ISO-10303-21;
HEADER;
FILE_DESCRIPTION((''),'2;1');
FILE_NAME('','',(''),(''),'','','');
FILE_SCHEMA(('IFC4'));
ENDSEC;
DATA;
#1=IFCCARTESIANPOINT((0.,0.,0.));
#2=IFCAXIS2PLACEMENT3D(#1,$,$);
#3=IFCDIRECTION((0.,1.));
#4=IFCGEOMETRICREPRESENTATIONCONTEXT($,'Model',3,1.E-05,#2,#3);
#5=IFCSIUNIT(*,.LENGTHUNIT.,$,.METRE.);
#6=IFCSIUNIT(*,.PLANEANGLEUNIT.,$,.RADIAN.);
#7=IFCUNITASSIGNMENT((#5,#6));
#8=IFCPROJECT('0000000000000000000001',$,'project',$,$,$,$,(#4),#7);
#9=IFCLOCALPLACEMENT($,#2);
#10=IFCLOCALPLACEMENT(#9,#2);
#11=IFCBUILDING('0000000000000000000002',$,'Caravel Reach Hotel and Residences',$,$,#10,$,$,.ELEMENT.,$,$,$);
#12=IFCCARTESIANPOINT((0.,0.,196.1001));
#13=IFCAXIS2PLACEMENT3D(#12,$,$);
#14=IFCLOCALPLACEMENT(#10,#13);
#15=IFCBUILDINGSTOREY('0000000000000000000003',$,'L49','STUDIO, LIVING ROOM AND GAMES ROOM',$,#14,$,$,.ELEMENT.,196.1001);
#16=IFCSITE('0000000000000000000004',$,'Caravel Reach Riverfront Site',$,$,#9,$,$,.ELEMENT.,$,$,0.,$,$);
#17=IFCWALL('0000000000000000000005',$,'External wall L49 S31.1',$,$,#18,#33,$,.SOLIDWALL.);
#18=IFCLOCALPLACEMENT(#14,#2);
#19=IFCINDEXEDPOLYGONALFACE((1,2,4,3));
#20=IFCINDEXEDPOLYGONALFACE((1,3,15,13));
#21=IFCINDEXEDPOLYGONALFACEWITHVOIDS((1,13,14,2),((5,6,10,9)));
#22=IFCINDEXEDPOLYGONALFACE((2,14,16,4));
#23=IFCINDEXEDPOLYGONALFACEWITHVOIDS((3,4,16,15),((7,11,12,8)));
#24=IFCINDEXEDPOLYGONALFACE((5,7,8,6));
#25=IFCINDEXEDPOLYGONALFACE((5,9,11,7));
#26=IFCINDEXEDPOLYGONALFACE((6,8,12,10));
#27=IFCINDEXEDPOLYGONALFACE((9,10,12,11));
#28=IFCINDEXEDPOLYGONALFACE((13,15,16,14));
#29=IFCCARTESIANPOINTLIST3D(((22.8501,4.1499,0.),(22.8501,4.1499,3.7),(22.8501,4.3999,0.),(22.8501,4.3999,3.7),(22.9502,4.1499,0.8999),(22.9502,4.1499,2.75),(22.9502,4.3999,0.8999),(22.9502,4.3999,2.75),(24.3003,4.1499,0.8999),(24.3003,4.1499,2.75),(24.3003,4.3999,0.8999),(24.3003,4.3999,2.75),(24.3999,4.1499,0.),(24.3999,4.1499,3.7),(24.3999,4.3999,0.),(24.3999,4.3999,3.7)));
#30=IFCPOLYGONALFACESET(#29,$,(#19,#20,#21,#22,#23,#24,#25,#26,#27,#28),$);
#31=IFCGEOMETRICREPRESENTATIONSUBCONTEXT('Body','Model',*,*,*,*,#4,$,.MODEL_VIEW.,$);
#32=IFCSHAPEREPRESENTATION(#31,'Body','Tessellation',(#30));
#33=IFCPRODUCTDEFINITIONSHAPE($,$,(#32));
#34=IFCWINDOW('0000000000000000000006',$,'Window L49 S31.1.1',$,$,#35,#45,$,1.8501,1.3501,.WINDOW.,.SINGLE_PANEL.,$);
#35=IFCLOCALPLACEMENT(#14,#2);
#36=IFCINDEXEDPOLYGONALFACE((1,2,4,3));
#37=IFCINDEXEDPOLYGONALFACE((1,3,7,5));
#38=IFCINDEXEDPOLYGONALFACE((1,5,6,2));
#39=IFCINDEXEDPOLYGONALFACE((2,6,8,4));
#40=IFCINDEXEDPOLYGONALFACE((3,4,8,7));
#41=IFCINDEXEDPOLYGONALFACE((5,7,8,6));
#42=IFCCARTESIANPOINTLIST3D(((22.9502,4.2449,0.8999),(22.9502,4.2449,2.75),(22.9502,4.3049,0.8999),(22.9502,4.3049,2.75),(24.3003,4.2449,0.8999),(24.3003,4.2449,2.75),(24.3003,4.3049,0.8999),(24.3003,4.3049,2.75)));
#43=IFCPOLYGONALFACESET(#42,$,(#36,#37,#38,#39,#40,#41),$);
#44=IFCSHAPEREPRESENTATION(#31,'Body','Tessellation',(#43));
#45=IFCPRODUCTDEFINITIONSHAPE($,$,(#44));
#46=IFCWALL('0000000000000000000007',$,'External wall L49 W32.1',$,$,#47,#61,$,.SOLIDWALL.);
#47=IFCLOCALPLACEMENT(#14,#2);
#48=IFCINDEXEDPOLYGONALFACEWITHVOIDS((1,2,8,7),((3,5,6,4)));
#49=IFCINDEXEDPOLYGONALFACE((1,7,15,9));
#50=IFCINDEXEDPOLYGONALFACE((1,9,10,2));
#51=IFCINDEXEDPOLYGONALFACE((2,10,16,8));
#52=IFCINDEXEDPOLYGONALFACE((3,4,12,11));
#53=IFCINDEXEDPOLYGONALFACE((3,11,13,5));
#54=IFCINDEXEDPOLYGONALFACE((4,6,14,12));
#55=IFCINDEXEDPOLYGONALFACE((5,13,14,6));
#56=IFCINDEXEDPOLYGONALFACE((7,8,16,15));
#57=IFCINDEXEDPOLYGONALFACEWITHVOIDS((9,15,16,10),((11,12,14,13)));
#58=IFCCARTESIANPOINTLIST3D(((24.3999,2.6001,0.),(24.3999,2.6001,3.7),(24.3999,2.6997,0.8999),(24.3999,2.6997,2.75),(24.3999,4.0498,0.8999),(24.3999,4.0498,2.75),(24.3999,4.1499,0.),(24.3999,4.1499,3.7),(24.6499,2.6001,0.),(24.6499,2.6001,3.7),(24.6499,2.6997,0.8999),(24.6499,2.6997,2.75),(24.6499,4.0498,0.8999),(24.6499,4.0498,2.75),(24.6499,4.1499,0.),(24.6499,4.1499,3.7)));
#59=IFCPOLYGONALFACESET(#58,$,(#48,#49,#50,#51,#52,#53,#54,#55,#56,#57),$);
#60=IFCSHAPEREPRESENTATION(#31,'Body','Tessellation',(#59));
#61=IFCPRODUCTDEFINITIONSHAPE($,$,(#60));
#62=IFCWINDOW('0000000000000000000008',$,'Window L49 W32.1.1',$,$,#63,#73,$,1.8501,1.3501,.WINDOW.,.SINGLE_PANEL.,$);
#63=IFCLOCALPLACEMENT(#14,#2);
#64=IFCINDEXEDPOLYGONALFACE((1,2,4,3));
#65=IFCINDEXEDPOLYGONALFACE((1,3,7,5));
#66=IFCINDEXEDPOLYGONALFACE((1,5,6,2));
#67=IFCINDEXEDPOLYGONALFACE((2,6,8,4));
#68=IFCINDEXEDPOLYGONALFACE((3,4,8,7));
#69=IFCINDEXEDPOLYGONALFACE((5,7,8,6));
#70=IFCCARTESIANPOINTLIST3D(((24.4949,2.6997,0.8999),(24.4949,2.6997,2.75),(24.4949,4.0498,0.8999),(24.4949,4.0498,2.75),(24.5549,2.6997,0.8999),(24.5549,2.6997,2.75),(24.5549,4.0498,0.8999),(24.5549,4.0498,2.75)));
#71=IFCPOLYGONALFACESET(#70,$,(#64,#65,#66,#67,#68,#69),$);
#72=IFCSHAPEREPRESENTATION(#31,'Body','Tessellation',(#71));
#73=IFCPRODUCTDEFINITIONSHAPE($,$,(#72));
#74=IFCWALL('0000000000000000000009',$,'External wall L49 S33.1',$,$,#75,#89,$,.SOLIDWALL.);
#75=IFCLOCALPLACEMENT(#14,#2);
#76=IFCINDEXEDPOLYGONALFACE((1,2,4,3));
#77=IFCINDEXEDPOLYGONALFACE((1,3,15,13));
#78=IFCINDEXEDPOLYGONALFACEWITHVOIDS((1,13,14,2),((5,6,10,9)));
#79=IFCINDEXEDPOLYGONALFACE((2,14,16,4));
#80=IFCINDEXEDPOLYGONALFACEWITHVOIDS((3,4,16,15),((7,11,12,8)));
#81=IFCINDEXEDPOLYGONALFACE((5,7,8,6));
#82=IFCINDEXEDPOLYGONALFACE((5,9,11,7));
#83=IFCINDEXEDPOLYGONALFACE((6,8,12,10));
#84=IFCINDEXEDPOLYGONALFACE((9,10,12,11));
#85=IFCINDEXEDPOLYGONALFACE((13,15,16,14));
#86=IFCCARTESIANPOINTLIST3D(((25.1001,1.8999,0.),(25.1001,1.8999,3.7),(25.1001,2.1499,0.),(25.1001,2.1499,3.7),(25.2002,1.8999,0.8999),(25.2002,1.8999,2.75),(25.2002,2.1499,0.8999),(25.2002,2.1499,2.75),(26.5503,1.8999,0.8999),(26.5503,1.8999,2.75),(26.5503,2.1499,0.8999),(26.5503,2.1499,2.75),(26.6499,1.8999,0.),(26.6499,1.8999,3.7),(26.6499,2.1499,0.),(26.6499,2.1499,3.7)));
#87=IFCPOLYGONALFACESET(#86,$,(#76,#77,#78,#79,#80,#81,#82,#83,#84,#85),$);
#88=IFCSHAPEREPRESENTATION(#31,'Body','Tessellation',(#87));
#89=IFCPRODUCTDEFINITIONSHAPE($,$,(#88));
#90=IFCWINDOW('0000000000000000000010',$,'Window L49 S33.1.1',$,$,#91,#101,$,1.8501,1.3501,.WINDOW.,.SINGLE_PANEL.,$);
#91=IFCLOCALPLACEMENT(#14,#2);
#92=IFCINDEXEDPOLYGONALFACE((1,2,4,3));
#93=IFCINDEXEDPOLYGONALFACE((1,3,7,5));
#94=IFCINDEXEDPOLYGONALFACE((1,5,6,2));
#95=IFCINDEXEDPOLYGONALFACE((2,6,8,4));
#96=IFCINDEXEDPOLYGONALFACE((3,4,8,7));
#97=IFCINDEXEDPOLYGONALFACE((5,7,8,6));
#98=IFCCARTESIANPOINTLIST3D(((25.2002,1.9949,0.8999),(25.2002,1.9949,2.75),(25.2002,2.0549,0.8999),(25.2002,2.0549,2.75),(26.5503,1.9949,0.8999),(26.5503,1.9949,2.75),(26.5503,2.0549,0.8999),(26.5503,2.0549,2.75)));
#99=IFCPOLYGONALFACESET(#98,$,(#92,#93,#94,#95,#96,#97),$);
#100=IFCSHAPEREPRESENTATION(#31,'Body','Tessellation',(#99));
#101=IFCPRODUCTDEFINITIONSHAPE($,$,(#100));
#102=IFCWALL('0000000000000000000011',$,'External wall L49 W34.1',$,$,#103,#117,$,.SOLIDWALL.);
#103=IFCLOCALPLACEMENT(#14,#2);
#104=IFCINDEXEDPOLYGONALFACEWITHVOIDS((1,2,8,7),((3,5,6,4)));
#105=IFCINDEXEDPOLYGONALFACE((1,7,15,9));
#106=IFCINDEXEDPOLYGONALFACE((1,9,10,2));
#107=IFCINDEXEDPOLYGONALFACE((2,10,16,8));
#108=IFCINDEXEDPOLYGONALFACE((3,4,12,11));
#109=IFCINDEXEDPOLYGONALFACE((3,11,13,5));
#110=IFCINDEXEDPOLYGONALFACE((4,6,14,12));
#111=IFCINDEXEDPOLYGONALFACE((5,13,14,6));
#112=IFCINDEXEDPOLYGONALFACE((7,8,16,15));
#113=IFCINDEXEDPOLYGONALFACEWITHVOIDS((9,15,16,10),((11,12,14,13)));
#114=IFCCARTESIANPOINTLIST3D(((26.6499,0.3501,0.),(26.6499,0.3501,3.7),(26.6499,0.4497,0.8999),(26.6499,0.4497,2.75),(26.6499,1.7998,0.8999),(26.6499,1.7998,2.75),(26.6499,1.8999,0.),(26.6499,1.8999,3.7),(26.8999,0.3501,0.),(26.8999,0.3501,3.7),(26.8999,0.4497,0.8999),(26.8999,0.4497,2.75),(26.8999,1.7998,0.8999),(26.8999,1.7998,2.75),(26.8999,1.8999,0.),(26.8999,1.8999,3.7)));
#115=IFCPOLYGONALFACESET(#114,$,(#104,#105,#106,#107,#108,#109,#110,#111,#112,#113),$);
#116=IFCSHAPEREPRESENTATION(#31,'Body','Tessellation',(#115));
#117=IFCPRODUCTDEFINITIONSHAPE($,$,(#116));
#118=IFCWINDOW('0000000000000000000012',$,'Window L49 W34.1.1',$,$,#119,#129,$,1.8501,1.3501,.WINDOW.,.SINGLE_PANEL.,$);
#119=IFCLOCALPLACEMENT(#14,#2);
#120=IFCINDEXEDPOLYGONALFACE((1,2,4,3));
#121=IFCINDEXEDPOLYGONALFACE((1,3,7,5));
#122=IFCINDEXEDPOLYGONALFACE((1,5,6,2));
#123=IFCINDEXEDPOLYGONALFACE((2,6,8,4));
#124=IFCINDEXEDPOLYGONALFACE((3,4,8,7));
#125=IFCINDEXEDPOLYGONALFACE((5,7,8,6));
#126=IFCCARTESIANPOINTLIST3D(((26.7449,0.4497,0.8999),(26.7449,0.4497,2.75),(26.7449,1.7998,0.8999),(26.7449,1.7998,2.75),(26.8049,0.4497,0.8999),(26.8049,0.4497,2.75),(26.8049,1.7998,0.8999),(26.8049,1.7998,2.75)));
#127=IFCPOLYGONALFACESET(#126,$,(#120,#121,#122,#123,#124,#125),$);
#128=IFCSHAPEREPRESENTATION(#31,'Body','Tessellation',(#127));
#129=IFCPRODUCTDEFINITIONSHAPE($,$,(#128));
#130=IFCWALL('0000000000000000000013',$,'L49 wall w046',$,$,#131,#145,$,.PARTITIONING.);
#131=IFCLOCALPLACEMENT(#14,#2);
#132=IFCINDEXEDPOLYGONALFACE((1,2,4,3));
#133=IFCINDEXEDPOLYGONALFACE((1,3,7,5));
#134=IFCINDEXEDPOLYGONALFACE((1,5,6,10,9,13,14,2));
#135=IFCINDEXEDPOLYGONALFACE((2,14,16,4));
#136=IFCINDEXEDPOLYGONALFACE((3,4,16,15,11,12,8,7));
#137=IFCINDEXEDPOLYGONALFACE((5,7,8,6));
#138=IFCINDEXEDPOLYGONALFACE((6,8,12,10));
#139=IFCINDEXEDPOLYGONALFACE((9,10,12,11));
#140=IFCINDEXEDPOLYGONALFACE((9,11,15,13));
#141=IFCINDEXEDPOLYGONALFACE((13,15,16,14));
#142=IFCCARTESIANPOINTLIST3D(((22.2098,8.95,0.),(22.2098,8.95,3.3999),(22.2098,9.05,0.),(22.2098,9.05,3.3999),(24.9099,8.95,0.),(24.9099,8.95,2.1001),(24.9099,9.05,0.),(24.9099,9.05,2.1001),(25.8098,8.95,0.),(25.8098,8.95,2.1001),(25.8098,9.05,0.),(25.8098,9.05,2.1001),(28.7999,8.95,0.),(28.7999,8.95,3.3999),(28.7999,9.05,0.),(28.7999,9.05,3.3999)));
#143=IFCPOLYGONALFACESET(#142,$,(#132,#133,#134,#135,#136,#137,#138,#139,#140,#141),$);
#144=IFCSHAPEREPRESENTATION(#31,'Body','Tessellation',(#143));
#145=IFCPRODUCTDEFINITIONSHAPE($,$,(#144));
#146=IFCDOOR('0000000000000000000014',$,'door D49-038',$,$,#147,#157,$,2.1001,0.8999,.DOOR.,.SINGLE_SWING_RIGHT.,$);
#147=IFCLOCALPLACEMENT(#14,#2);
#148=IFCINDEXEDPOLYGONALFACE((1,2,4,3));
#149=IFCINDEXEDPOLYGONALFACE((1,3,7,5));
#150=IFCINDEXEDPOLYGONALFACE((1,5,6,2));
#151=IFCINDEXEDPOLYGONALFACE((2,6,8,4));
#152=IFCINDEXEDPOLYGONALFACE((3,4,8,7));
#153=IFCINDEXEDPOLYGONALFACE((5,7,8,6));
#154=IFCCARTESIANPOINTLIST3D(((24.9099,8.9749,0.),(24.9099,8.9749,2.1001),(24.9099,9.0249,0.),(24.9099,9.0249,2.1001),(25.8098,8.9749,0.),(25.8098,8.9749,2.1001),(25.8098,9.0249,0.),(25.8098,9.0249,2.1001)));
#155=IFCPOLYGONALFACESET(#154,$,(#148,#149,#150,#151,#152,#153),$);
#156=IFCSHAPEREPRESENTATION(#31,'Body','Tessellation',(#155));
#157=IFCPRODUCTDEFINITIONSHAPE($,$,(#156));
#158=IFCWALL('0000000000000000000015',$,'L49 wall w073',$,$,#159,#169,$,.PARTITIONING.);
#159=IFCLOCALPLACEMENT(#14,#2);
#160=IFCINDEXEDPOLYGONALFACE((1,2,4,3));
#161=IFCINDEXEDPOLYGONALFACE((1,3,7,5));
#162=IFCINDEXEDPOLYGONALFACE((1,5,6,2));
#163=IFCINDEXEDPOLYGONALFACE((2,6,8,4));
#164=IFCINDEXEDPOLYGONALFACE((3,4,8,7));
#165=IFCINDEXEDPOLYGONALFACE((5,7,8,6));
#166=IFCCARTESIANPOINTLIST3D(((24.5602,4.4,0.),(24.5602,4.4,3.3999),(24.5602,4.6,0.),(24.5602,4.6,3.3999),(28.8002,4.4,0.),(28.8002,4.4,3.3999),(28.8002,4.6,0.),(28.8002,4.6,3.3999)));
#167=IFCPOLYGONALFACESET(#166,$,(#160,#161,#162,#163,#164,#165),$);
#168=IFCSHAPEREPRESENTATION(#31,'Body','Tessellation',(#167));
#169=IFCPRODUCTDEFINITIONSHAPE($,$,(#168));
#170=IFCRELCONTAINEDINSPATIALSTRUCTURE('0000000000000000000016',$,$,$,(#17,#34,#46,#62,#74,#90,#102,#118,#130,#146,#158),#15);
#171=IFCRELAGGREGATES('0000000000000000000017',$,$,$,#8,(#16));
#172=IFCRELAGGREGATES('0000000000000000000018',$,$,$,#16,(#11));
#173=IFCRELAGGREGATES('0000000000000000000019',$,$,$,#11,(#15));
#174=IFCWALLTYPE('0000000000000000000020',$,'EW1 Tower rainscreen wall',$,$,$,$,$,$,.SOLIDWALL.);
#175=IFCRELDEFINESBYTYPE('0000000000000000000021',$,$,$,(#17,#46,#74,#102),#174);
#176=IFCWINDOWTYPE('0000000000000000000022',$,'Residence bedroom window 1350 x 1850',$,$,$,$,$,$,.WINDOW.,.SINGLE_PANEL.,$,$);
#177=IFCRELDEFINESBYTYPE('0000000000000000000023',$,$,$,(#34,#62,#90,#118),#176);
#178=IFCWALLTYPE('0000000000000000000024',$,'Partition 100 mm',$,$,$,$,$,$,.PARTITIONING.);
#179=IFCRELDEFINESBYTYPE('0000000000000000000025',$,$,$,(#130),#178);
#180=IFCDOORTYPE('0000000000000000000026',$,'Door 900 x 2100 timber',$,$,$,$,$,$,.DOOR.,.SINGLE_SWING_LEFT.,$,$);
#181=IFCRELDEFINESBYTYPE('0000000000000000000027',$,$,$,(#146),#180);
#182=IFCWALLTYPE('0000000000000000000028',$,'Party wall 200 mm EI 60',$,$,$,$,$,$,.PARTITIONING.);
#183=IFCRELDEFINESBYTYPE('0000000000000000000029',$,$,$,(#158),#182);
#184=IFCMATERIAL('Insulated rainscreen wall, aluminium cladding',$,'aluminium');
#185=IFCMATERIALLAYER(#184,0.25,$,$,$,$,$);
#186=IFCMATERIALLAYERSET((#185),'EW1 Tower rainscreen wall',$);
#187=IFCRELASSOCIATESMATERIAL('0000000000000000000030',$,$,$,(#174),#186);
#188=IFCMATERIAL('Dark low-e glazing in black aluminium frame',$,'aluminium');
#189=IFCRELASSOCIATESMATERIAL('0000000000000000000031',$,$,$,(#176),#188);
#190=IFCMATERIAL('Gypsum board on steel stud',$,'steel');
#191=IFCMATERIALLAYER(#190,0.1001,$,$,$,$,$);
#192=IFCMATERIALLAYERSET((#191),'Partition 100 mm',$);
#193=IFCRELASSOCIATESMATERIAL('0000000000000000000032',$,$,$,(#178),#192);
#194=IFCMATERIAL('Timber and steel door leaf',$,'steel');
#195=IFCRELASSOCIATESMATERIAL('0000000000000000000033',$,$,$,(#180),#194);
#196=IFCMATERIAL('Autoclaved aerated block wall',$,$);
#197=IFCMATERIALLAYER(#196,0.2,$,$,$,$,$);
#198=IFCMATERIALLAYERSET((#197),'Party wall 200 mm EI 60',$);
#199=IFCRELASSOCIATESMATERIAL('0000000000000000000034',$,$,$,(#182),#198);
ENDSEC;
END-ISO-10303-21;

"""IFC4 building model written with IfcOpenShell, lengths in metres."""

from ifc_helpers import new_model, si_unit, direction, frame, frame_2d, origin, place, context, subcontext, project, spatial, rectangle, extrude, material, layer, layer_set, type_object, element, fill, save


model = new_model("IFC4")

# Units and contexts
model_context = context("Model", 3, precision=1e-05, world=origin(), true_north=direction((0.0, 1.0)))
body_context = subcontext(model_context, "Body", "Model", "MODEL_VIEW")
ifc_project = project(units=[si_unit("LENGTHUNIT", "METRE"), si_unit("PLANEANGLEUNIT", "RADIAN")], contexts=[model_context])

# Site, building, storey
site_placement = place(None, origin())
site = spatial("IfcSite", under=ifc_project, at=site_placement, Name="Caravel Reach Riverfront Site", CompositionType="ELEMENT", RefElevation=0.0)
building_placement = place(site_placement, origin())
building = spatial("IfcBuilding", under=site, at=building_placement, Name="Caravel Reach Hotel and Residences", CompositionType="ELEMENT")
storey_placement = place(building_placement, frame((0.0, 0.0, 196.1001)))
storey = spatial("IfcBuildingStorey", under=building, at=storey_placement, Name="L49", Description="STUDIO, LIVING ROOM AND GAMES ROOM", CompositionType="ELEMENT", Elevation=196.1001)

# Shared definitions
ifc_material_1 = material(Name="Insulated rainscreen wall, aluminium cladding", Category="aluminium")
ifc_layer_1 = layer(ifc_material_1, 0.25)
ifc_layer_set_1 = layer_set([ifc_layer_1], Name="EW1 Tower rainscreen wall")
wall_type_1 = type_object("IfcWallType", Name="EW1 Tower rainscreen wall", PredefinedType="SOLIDWALL", material=ifc_layer_set_1)

# Walls, openings, windows
wall_1_placement = place(storey_placement, frame((22.8501, 4.2749, 0.0), z_axis=(0.0, 0.0, 1.0), x_axis=(1.0, 0.0, 0.0)))
wall_1 = element("IfcWall", 1, at=wall_1_placement, inside=storey, type_object=wall_type_1, Name="External wall L49 S31.1", PredefinedType="SOLIDWALL", context=body_context, shape_type="SweptSolid", body=[
    extrude(rectangle(XDim=1.5498, YDim=0.25, at=frame_2d((0.7749, 0.0))), origin(), (0.0, 0.0, 1.0), 3.7),
])
opening_1_placement = place(wall_1_placement, frame((0.1001, 0.0, 0.8999)))
opening_1 = element("IfcOpeningElement", 2, at=opening_1_placement, cuts=wall_1, PredefinedType="OPENING", context=body_context, shape_type="SweptSolid", body=[
    extrude(rectangle(XDim=1.3501, YDim=1.8501, at=frame_2d((0.675, 0.925))), frame((0.0, 0.135, 0.0), z_axis=(0.0, -1.0, 0.0), x_axis=(1.0, 0.0, 0.0)), (0.0, 0.0, 1.0), 0.27),
])
ifc_material_2 = material(Name="Dark low-e glazing in black aluminium frame", Category="aluminium")
window_type_1 = type_object("IfcWindowType", Name="Residence bedroom window 1350 x 1850", PartitioningType="SINGLE_PANEL", PredefinedType="WINDOW", material=ifc_material_2)
window_1_placement = place(opening_1_placement, origin())
window_1 = element("IfcWindow", 3, at=window_1_placement, inside=storey, type_object=window_type_1, Name="Window L49 S31.1.1", OverallHeight=1.8501, OverallWidth=1.3501, PartitioningType="SINGLE_PANEL", PredefinedType="WINDOW", context=body_context, shape_type="SweptSolid", body=[
    extrude(rectangle(XDim=1.3501, YDim=1.8501, at=frame_2d((0.675, 0.925))), frame((0.0, 0.03, 0.0), z_axis=(0.0, -1.0, 0.0), x_axis=(1.0, 0.0, 0.0)), (0.0, 0.0, 1.0), 0.0601),
])
fill(opening_1, window_1)
wall_2_placement = place(storey_placement, frame((24.5249, 4.1499, 0.0), z_axis=(0.0, 0.0, 1.0), x_axis=(0.0, -1.0, 0.0)))
wall_2 = element("IfcWall", 4, at=wall_2_placement, inside=storey, type_object=wall_type_1, Name="External wall L49 W32.1", PredefinedType="SOLIDWALL", context=body_context, shape_type="SweptSolid", body=[
    extrude(rectangle(XDim=1.5498, YDim=0.25, at=frame_2d((0.7749, 0.0))), origin(), (0.0, 0.0, 1.0), 3.7),
])
opening_2_placement = place(wall_2_placement, frame((0.1001, 0.0, 0.8999)))
opening_2 = element("IfcOpeningElement", 5, at=opening_2_placement, cuts=wall_2, PredefinedType="OPENING", context=body_context, shape_type="SweptSolid", body=[
    extrude(rectangle(XDim=1.3501, YDim=1.8501, at=frame_2d((0.675, 0.925))), frame((0.0, 0.135, 0.0), z_axis=(0.0, -1.0, 0.0), x_axis=(1.0, 0.0, 0.0)), (0.0, 0.0, 1.0), 0.27),
])
window_2_placement = place(opening_2_placement, origin())
window_2 = element("IfcWindow", 6, at=window_2_placement, inside=storey, type_object=window_type_1, Name="Window L49 W32.1.1", OverallHeight=1.8501, OverallWidth=1.3501, PartitioningType="SINGLE_PANEL", PredefinedType="WINDOW", context=body_context, shape_type="SweptSolid", body=[
    extrude(rectangle(XDim=1.3501, YDim=1.8501, at=frame_2d((0.675, 0.925))), frame((0.0, 0.03, 0.0), z_axis=(0.0, -1.0, 0.0), x_axis=(1.0, 0.0, 0.0)), (0.0, 0.0, 1.0), 0.0601),
])
fill(opening_2, window_2)
wall_3_placement = place(storey_placement, frame((25.1001, 2.0249, 0.0), z_axis=(0.0, 0.0, 1.0), x_axis=(1.0, 0.0, 0.0)))
wall_3 = element("IfcWall", 7, at=wall_3_placement, inside=storey, type_object=wall_type_1, Name="External wall L49 S33.1", PredefinedType="SOLIDWALL", context=body_context, shape_type="SweptSolid", body=[
    extrude(rectangle(XDim=1.5498, YDim=0.25, at=frame_2d((0.7749, 0.0))), origin(), (0.0, 0.0, 1.0), 3.7),
])
opening_3_placement = place(wall_3_placement, frame((0.1001, 0.0, 0.8999)))
opening_3 = element("IfcOpeningElement", 8, at=opening_3_placement, cuts=wall_3, PredefinedType="OPENING", context=body_context, shape_type="SweptSolid", body=[
    extrude(rectangle(XDim=1.3501, YDim=1.8501, at=frame_2d((0.675, 0.925))), frame((0.0, 0.135, 0.0), z_axis=(0.0, -1.0, 0.0), x_axis=(1.0, 0.0, 0.0)), (0.0, 0.0, 1.0), 0.27),
])
window_3_placement = place(opening_3_placement, origin())
window_3 = element("IfcWindow", 9, at=window_3_placement, inside=storey, type_object=window_type_1, Name="Window L49 S33.1.1", OverallHeight=1.8501, OverallWidth=1.3501, PartitioningType="SINGLE_PANEL", PredefinedType="WINDOW", context=body_context, shape_type="SweptSolid", body=[
    extrude(rectangle(XDim=1.3501, YDim=1.8501, at=frame_2d((0.675, 0.925))), frame((0.0, 0.03, 0.0), z_axis=(0.0, -1.0, 0.0), x_axis=(1.0, 0.0, 0.0)), (0.0, 0.0, 1.0), 0.0601),
])
fill(opening_3, window_3)
wall_4_placement = place(storey_placement, frame((26.7749, 1.8999, 0.0), z_axis=(0.0, 0.0, 1.0), x_axis=(0.0, -1.0, 0.0)))
wall_4 = element("IfcWall", 10, at=wall_4_placement, inside=storey, type_object=wall_type_1, Name="External wall L49 W34.1", PredefinedType="SOLIDWALL", context=body_context, shape_type="SweptSolid", body=[
    extrude(rectangle(XDim=1.5498, YDim=0.25, at=frame_2d((0.7749, 0.0))), origin(), (0.0, 0.0, 1.0), 3.7),
])
opening_4_placement = place(wall_4_placement, frame((0.1001, 0.0, 0.8999)))
opening_4 = element("IfcOpeningElement", 11, at=opening_4_placement, cuts=wall_4, PredefinedType="OPENING", context=body_context, shape_type="SweptSolid", body=[
    extrude(rectangle(XDim=1.3501, YDim=1.8501, at=frame_2d((0.675, 0.925))), frame((0.0, 0.135, 0.0), z_axis=(0.0, -1.0, 0.0), x_axis=(1.0, 0.0, 0.0)), (0.0, 0.0, 1.0), 0.27),
])
window_4_placement = place(opening_4_placement, origin())
window_4 = element("IfcWindow", 12, at=window_4_placement, inside=storey, type_object=window_type_1, Name="Window L49 W34.1.1", OverallHeight=1.8501, OverallWidth=1.3501, PartitioningType="SINGLE_PANEL", PredefinedType="WINDOW", context=body_context, shape_type="SweptSolid", body=[
    extrude(rectangle(XDim=1.3501, YDim=1.8501, at=frame_2d((0.675, 0.925))), frame((0.0, 0.03, 0.0), z_axis=(0.0, -1.0, 0.0), x_axis=(1.0, 0.0, 0.0)), (0.0, 0.0, 1.0), 0.0601),
])
fill(opening_4, window_4)

# Wall, opening, door
ifc_material_3 = material(Name="Gypsum board on steel stud", Category="steel")
ifc_layer_2 = layer(ifc_material_3, 0.1001)
ifc_layer_set_2 = layer_set([ifc_layer_2], Name="Partition 100 mm")
wall_type_2 = type_object("IfcWallType", Name="Partition 100 mm", PredefinedType="PARTITIONING", material=ifc_layer_set_2)
wall_5_placement = place(storey_placement, frame((22.21, 9.0, 0.0), z_axis=(0.0, 0.0, 1.0), x_axis=(1.0, 0.0, 0.0)))
wall_5 = element("IfcWall", 13, at=wall_5_placement, inside=storey, type_object=wall_type_2, Name="L49 wall w046", PredefinedType="PARTITIONING", context=body_context, shape_type="SweptSolid", body=[
    extrude(rectangle(XDim=6.5901, YDim=0.1001, at=frame_2d((3.2949, 0.0))), origin(), (0.0, 0.0, 1.0), 3.3999),
])
opening_5_placement = place(wall_5_placement, frame((2.7, 0.0, 0.0)))
opening_5 = element("IfcOpeningElement", 14, at=opening_5_placement, cuts=wall_5, PredefinedType="OPENING", context=body_context, shape_type="SweptSolid", body=[
    extrude(rectangle(XDim=0.8999, YDim=2.1001, at=frame_2d((0.45, 1.05))), frame((0.0, 0.0601, 0.0), z_axis=(0.0, -1.0, 0.0), x_axis=(1.0, 0.0, 0.0)), (0.0, 0.0, 1.0), 0.1201),
])
ifc_material_4 = material(Name="Timber and steel door leaf", Category="steel")
door_type = type_object("IfcDoorType", Name="Door 900 x 2100 timber", OperationType="SINGLE_SWING_LEFT", PredefinedType="DOOR", material=ifc_material_4)
door_placement = place(opening_5_placement, origin())
door = element("IfcDoor", 15, at=door_placement, inside=storey, type_object=door_type, Name="door D49-038", OperationType="SINGLE_SWING_RIGHT", OverallHeight=2.1001, OverallWidth=0.8999, PredefinedType="DOOR", context=body_context, shape_type="SweptSolid", body=[
    extrude(rectangle(XDim=0.8999, YDim=2.1001, at=frame_2d((0.45, 1.05))), frame((0.0, 0.0249, 0.0), z_axis=(0.0, -1.0, 0.0), x_axis=(1.0, 0.0, 0.0)), (0.0, 0.0, 1.0), 0.05),
])
fill(opening_5, door)

# Wall
ifc_material_5 = material(Name="Autoclaved aerated block wall")
ifc_layer_3 = layer(ifc_material_5, 0.2)
ifc_layer_set_3 = layer_set([ifc_layer_3], Name="Party wall 200 mm EI 60")
wall_type_3 = type_object("IfcWallType", Name="Party wall 200 mm EI 60", PredefinedType="PARTITIONING", material=ifc_layer_set_3)
wall_6_placement = place(storey_placement, frame((24.5601, 4.5, 0.0), z_axis=(0.0, 0.0, 1.0), x_axis=(1.0, 0.0, 0.0)))
element("IfcWall", 16, at=wall_6_placement, inside=storey, type_object=wall_type_3, Name="L49 wall w073", PredefinedType="PARTITIONING", context=body_context, shape_type="SweptSolid", body=[
    extrude(rectangle(XDim=4.24, YDim=0.2, at=frame_2d((2.1201, 0.0))), origin(), (0.0, 0.0, 1.0), 3.3999),
])

save(model, "model.ifc")
